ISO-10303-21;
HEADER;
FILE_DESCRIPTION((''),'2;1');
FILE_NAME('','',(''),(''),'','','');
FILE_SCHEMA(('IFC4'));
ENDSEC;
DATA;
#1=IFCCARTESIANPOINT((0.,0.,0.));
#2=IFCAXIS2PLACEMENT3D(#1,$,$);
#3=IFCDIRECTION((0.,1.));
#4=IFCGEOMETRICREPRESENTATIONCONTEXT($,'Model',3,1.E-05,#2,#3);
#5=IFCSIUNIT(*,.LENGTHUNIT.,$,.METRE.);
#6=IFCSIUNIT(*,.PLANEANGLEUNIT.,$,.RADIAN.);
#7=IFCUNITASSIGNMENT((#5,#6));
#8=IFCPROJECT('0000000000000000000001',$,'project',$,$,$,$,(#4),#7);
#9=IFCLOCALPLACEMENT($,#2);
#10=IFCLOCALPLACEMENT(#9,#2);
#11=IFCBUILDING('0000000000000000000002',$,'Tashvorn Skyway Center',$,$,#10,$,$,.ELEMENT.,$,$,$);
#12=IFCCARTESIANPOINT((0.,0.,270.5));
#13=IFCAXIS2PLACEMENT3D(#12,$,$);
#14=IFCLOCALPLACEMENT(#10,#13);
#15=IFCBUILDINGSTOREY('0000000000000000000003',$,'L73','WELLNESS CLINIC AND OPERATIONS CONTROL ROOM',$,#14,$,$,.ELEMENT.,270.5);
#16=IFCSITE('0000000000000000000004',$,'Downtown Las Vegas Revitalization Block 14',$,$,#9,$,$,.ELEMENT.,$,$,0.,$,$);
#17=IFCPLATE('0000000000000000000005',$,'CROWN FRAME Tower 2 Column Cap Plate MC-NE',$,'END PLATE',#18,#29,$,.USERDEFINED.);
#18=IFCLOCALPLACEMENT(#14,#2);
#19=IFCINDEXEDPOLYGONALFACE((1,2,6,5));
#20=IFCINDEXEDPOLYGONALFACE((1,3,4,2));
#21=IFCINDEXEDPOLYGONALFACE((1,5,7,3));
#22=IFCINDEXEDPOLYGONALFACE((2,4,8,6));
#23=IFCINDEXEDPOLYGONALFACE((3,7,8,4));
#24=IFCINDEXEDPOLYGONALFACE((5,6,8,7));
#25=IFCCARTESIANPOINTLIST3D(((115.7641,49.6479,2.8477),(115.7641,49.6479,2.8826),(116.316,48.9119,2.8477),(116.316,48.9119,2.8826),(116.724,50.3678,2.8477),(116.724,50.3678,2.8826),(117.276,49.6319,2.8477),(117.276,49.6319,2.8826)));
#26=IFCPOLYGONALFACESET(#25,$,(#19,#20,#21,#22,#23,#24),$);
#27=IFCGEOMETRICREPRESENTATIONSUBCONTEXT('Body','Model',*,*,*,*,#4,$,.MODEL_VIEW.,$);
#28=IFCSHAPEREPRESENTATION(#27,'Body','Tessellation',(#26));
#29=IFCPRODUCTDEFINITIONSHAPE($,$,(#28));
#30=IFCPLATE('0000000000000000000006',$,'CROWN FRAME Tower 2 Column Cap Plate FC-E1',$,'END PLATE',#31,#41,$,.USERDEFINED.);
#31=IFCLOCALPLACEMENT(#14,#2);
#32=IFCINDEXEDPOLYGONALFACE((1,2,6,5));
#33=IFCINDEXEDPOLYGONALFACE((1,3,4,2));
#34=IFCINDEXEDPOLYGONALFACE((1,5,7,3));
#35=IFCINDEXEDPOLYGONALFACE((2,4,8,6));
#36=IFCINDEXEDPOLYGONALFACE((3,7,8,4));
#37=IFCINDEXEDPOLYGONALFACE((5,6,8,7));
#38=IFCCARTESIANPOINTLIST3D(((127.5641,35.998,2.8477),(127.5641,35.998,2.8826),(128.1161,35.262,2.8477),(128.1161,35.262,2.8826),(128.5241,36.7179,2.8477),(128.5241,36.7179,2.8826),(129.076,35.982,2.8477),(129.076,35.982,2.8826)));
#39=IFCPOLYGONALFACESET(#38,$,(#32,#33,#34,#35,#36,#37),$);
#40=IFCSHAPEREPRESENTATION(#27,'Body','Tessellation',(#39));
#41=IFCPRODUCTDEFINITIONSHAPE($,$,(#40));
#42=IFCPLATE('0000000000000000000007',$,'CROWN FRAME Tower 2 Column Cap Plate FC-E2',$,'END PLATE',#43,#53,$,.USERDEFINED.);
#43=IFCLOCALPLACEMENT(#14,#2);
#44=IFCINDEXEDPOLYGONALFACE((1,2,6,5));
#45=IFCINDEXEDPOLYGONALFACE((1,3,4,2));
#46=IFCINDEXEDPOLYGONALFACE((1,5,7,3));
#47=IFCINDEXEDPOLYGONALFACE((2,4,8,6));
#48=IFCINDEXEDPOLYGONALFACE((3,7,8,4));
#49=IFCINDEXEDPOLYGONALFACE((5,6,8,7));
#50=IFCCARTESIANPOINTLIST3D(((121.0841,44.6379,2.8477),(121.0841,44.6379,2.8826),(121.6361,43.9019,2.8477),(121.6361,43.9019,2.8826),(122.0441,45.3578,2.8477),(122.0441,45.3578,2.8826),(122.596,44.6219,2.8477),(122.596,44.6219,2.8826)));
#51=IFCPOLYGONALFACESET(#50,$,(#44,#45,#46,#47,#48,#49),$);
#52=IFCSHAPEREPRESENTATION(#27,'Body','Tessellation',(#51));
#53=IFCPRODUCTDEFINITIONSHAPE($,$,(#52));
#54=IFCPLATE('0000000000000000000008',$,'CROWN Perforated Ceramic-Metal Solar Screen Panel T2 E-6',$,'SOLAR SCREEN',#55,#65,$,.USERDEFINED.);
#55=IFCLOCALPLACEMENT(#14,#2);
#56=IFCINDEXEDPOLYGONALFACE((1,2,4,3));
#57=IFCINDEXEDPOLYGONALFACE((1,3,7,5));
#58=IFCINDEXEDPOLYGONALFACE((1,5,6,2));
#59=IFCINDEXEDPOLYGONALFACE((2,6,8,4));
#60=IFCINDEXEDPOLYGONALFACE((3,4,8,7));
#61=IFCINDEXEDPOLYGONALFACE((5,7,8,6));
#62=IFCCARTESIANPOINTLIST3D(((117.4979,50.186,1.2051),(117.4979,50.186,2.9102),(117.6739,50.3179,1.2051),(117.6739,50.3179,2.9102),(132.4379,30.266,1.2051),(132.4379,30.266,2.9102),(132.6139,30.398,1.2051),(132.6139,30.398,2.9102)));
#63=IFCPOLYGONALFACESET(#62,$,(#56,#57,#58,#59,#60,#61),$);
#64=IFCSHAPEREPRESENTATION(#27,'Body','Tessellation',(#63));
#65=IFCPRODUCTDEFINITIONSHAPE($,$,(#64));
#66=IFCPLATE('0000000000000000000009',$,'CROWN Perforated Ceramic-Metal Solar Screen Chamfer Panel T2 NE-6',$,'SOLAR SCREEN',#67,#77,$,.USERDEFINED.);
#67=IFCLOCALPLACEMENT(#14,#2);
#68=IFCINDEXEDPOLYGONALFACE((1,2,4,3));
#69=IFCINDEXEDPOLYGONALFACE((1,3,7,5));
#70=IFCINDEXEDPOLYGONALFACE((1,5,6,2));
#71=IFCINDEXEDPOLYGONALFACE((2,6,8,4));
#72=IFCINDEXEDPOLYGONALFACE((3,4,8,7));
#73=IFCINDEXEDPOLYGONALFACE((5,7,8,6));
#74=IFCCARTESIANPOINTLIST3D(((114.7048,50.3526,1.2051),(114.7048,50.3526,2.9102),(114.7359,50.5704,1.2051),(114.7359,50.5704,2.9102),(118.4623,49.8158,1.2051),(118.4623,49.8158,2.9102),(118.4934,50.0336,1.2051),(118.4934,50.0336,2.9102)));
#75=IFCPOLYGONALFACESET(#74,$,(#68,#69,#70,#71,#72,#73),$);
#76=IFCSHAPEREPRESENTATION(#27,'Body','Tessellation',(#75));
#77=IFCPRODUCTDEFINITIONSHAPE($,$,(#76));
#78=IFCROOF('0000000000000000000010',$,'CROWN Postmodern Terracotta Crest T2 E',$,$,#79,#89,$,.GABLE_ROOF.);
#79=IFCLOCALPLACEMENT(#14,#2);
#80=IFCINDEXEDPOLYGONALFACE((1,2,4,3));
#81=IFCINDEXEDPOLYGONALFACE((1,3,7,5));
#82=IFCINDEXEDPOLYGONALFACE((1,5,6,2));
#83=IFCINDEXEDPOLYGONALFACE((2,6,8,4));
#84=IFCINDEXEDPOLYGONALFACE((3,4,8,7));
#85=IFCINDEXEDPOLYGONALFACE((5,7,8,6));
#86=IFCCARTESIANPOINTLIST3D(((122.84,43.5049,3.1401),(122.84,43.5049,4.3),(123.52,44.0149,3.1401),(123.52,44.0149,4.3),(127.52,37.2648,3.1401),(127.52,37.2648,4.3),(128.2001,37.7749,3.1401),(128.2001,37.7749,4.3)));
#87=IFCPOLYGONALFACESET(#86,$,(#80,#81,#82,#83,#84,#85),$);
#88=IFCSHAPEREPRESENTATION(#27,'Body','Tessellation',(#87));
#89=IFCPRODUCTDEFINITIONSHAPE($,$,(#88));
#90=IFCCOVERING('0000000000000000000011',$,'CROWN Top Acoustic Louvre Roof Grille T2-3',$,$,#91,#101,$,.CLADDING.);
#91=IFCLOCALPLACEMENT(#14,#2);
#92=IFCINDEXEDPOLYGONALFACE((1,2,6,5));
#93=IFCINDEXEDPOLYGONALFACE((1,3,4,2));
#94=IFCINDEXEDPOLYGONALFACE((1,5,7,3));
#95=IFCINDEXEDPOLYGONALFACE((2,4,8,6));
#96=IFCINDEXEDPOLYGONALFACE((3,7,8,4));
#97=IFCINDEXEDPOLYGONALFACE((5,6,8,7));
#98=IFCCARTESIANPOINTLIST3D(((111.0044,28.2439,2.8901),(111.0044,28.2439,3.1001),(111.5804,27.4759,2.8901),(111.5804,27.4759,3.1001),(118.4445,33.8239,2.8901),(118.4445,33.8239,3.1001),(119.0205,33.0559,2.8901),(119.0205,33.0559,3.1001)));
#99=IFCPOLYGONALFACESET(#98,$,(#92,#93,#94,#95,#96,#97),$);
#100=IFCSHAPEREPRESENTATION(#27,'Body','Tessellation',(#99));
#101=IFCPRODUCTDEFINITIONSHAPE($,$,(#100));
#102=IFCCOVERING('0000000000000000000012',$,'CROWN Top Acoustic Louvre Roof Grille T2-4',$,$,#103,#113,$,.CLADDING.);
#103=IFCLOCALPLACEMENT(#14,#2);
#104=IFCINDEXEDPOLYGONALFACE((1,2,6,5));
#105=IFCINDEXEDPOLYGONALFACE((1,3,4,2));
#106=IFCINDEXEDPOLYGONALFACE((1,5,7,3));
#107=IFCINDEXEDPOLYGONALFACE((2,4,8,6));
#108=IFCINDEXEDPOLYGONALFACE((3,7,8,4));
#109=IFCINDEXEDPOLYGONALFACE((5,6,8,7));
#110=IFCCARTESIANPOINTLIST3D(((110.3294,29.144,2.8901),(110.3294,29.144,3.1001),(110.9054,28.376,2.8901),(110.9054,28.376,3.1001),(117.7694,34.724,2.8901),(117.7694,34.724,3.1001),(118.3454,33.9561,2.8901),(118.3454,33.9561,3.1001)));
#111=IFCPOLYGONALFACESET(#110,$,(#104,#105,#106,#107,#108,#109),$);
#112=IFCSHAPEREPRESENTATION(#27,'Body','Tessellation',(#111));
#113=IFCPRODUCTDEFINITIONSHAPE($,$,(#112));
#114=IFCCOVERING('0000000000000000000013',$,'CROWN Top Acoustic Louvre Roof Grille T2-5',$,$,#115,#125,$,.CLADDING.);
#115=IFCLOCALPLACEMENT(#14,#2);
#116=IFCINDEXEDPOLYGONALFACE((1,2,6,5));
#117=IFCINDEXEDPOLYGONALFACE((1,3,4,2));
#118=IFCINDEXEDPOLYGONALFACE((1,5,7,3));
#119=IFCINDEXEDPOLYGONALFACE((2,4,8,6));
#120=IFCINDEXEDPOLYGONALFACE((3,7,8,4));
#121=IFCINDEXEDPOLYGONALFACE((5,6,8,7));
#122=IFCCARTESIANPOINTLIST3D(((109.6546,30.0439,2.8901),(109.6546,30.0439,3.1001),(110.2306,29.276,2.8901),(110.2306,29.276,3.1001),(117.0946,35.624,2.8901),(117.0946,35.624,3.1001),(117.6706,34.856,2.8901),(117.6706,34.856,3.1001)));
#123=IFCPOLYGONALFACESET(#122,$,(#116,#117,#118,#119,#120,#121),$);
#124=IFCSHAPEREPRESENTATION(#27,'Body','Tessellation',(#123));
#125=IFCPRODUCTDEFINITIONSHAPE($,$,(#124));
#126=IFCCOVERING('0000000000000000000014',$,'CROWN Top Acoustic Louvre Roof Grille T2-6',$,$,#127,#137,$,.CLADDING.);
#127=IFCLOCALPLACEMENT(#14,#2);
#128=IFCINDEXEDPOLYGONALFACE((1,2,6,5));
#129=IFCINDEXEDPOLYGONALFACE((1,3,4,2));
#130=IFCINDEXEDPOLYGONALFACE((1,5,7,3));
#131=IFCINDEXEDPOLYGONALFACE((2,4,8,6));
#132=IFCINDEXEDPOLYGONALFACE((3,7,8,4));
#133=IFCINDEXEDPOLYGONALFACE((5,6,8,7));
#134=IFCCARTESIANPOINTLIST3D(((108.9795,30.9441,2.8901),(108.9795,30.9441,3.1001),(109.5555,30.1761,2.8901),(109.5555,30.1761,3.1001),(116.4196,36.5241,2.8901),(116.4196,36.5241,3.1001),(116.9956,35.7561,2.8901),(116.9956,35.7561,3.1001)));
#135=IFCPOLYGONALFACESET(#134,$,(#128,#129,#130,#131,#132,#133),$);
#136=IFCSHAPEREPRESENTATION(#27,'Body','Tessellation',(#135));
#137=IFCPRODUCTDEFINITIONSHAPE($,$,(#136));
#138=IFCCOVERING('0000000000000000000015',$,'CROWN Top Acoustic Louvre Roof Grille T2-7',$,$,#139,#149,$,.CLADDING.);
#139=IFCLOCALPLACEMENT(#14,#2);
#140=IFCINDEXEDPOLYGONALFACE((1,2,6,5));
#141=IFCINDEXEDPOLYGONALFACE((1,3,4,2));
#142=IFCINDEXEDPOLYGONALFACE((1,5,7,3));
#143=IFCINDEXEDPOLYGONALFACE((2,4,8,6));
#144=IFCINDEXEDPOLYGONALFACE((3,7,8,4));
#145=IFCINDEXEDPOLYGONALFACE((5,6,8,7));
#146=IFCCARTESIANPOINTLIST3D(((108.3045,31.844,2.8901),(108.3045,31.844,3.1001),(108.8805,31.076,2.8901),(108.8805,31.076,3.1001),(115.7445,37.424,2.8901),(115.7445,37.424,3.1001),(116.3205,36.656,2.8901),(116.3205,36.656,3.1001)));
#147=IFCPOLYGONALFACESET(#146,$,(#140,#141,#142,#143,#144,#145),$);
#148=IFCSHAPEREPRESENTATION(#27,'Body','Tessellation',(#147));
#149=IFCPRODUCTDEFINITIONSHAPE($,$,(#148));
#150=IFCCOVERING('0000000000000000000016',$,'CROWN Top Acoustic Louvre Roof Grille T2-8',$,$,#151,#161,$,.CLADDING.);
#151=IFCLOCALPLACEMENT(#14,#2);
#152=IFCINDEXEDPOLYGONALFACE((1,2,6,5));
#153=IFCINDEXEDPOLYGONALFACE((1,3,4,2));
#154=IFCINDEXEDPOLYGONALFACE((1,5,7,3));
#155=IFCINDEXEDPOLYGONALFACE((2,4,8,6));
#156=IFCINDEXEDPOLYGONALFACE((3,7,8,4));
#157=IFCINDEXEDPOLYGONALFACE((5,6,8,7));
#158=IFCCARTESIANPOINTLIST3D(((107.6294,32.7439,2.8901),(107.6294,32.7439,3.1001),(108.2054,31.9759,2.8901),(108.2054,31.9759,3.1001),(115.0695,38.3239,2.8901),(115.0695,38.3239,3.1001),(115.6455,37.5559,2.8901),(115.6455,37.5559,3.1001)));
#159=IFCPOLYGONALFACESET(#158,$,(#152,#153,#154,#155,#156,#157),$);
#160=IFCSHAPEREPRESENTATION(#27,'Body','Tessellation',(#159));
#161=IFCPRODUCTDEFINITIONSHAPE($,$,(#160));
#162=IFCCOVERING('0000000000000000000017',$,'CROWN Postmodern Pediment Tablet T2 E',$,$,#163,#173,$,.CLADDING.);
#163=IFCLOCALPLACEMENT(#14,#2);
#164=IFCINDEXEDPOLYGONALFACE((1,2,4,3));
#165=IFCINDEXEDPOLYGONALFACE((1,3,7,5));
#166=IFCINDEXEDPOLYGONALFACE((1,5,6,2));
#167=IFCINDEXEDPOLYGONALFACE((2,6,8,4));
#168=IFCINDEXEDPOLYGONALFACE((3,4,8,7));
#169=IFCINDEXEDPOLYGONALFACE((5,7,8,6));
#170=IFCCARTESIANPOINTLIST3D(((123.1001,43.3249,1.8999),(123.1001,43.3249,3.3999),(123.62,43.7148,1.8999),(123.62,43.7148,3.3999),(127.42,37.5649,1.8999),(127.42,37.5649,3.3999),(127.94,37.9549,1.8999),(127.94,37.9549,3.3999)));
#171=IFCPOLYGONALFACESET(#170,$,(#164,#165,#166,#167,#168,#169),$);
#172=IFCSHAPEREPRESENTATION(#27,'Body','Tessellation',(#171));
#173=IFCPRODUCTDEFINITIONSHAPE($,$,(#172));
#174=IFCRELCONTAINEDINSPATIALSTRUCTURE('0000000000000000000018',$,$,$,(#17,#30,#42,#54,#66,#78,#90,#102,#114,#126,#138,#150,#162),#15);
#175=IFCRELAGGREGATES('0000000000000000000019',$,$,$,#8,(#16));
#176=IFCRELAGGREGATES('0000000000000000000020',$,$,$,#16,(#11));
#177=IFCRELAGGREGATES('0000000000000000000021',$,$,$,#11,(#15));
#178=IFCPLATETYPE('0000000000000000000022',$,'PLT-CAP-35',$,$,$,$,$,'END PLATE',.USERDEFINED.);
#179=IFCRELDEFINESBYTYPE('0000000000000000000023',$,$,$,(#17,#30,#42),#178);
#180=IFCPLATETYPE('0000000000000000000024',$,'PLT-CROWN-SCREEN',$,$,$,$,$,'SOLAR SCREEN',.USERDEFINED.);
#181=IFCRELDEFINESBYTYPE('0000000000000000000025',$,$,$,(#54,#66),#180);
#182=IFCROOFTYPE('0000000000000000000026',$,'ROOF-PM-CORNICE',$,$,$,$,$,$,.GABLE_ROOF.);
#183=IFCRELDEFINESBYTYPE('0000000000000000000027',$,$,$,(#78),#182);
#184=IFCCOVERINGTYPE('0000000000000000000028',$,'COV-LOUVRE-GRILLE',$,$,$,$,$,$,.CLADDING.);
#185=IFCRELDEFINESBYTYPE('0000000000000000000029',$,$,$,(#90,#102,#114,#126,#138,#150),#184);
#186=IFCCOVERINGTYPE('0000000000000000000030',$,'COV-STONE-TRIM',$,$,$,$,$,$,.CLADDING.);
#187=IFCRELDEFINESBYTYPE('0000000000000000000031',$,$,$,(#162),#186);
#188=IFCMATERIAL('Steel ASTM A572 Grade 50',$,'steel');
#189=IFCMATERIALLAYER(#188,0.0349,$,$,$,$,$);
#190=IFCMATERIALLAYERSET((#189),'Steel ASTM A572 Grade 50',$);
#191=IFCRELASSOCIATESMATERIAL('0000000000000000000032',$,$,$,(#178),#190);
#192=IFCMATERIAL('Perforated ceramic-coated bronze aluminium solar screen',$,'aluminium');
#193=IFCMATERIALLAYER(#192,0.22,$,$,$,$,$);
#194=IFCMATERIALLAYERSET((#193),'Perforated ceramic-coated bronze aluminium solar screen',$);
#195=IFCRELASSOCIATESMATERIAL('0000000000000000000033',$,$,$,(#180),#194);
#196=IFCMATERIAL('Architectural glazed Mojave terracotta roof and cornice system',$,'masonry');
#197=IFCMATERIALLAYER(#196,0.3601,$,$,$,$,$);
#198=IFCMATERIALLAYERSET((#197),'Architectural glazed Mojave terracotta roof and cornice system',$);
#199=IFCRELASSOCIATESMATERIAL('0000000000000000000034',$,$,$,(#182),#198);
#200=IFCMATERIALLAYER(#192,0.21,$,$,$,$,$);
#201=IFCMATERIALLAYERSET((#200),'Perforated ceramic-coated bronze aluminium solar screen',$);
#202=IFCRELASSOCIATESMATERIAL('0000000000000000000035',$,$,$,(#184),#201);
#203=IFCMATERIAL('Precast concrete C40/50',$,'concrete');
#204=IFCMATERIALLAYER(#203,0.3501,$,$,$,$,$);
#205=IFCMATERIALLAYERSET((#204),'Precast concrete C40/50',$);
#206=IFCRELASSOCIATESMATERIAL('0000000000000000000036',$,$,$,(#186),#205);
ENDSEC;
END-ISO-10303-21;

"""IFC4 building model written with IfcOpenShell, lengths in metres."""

from ifc_helpers import new_model, si_unit, direction, frame, origin, origin_2d, place, context, subcontext, project, spatial, rectangle, extrude, material, layer, layer_set, type_object, element, save


model = new_model("IFC4")

# Units and contexts
model_context = context("Model", 3, precision=1e-05, world=origin(), true_north=direction((0.0, 1.0)))
body_context = subcontext(model_context, "Body", "Model", "MODEL_VIEW")
ifc_project = project(units=[si_unit("LENGTHUNIT", "METRE"), si_unit("PLANEANGLEUNIT", "RADIAN")], contexts=[model_context])

# Site, building, storey
site_placement = place(None, origin())
site = spatial("IfcSite", under=ifc_project, at=site_placement, Name="Downtown Las Vegas Revitalization Block 14", CompositionType="ELEMENT", RefElevation=0.0)
building_placement = place(site_placement, origin())
building = spatial("IfcBuilding", under=site, at=building_placement, Name="Tashvorn Skyway Center", CompositionType="ELEMENT")
storey_placement = place(building_placement, frame((0.0, 0.0, 270.5)))
storey = spatial("IfcBuildingStorey", under=building, at=storey_placement, Name="L73", Description="WELLNESS CLINIC AND OPERATIONS CONTROL ROOM", CompositionType="ELEMENT", Elevation=270.5)

# Shared definitions
ifc_material_1 = material(Name="Steel ASTM A572 Grade 50", Category="steel")

# Plates
ifc_layer_1 = layer(ifc_material_1, 0.0349)
ifc_layer_set_1 = layer_set([ifc_layer_1], Name="Steel ASTM A572 Grade 50")
plate_type_1 = type_object("IfcPlateType", Name="PLT-CAP-35", ElementType="END PLATE", PredefinedType="USERDEFINED", material=ifc_layer_set_1)
for number, where, z_axis, x_axis, name in (
    (1, (116.52, 49.6399, 2.8477), (0.0, 0.0, 1.0), (0.8, 0.6, 0.0), "CROWN FRAME Tower 2 Column Cap Plate MC-NE"),
    (2, (128.3201, 35.99, 2.8477), (0.0, 0.0, 1.0), (0.8, 0.6, 0.0), "CROWN FRAME Tower 2 Column Cap Plate FC-E1"),
    (3, (121.8401, 44.6299, 2.8477), (0.0, 0.0, 1.0), (0.8, 0.6, 0.0), "CROWN FRAME Tower 2 Column Cap Plate FC-E2"),
):
    element("IfcPlate", number, at=place(storey_placement, frame(where, z_axis=z_axis, x_axis=x_axis)), inside=storey, type_object=plate_type_1, Name=name, ObjectType="END PLATE", PredefinedType="USERDEFINED", context=body_context, shape_type="SweptSolid", body=[
        extrude(rectangle(XDim=1.2, YDim=0.9199, at=origin_2d()), origin(), (0.0, 0.0, 1.0), 0.0349),
    ])
ifc_material_2 = material(Name="Perforated ceramic-coated bronze aluminium solar screen", Category="aluminium")
ifc_layer_2 = layer(ifc_material_2, 0.22)
ifc_layer_set_2 = layer_set([ifc_layer_2], Name="Perforated ceramic-coated bronze aluminium solar screen")
plate_type_2 = type_object("IfcPlateType", Name="PLT-CROWN-SCREEN", ElementType="SOLAR SCREEN", PredefinedType="USERDEFINED", material=ifc_layer_set_2)
plate_1_placement = place(storey_placement, frame((125.0559, 40.292, 1.2051), z_axis=(0.0, 0.0, 1.0), x_axis=(-0.6, 0.8, 0.0)))
element("IfcPlate", 4, at=plate_1_placement, inside=storey, type_object=plate_type_2, Name="CROWN Perforated Ceramic-Metal Solar Screen Panel T2 E-6", ObjectType="SOLAR SCREEN", PredefinedType="USERDEFINED", context=body_context, shape_type="SweptSolid", body=[
    extrude(rectangle(XDim=24.8999, YDim=0.22, at=origin_2d()), origin(), (0.0, 0.0, 1.0), 1.7051),
])
plate_2_placement = place(storey_placement, frame((116.5991, 50.1931, 1.2051), z_axis=(0.0, 0.0, 1.0), x_axis=(0.989949, -0.141421, 0.0)))
element("IfcPlate", 5, at=plate_2_placement, inside=storey, type_object=plate_type_2, Name="CROWN Perforated Ceramic-Metal Solar Screen Chamfer Panel T2 NE-6", ObjectType="SOLAR SCREEN", PredefinedType="USERDEFINED", context=body_context, shape_type="SweptSolid", body=[
    extrude(rectangle(XDim=3.7957, YDim=0.22, at=origin_2d()), origin(), (0.0, 0.0, 1.0), 1.7051),
])

# Roof
ifc_material_3 = material(Name="Architectural glazed Mojave terracotta roof and cornice system", Category="masonry")
ifc_layer_3 = layer(ifc_material_3, 0.3601)
ifc_layer_set_3 = layer_set([ifc_layer_3], Name="Architectural glazed Mojave terracotta roof and cornice system")
roof_type = type_object("IfcRoofType", Name="ROOF-PM-CORNICE", PredefinedType="GABLE_ROOF", material=ifc_layer_set_3)
roof_placement = place(storey_placement, frame((125.52, 40.6399, 3.1401), z_axis=(0.0, 0.0, 1.0), x_axis=(-0.6, 0.8, 0.0)))
element("IfcRoof", 6, at=roof_placement, inside=storey, type_object=roof_type, Name="CROWN Postmodern Terracotta Crest T2 E", PredefinedType="GABLE_ROOF", context=body_context, shape_type="SweptSolid", body=[
    extrude(rectangle(XDim=7.8, YDim=0.8501, at=origin_2d()), origin(), (0.0, 0.0, 1.0), 1.1599),
])

# Coverings
ifc_layer_4 = layer(ifc_material_2, 0.21)
ifc_layer_set_4 = layer_set([ifc_layer_4], Name="Perforated ceramic-coated bronze aluminium solar screen")
covering_type_1 = type_object("IfcCoveringType", Name="COV-LOUVRE-GRILLE", PredefinedType="CLADDING", material=ifc_layer_set_4)
for number, where, z_axis, x_axis, name in (
    (7, (115.0125, 30.6499, 2.8901), (0.0, 0.0, 1.0), (0.8, 0.6, 0.0), "CROWN Top Acoustic Louvre Roof Grille T2-3"),
    (8, (114.3374, 31.55, 2.8901), (0.0, 0.0, 1.0), (0.8, 0.6, 0.0), "CROWN Top Acoustic Louvre Roof Grille T2-4"),
    (9, (113.6626, 32.45, 2.8901), (0.0, 0.0, 1.0), (0.8, 0.6, 0.0), "CROWN Top Acoustic Louvre Roof Grille T2-5"),
    (10, (112.9875, 33.3501, 2.8901), (0.0, 0.0, 1.0), (0.8, 0.6, 0.0), "CROWN Top Acoustic Louvre Roof Grille T2-6"),
    (11, (112.3125, 34.25, 2.8901), (0.0, 0.0, 1.0), (0.8, 0.6, 0.0), "CROWN Top Acoustic Louvre Roof Grille T2-7"),
    (12, (111.6375, 35.1499, 2.8901), (0.0, 0.0, 1.0), (0.8, 0.6, 0.0), "CROWN Top Acoustic Louvre Roof Grille T2-8"),
):
    element("IfcCovering", number, at=place(storey_placement, frame(where, z_axis=z_axis, x_axis=x_axis)), inside=storey, type_object=covering_type_1, Name=name, PredefinedType="CLADDING", context=body_context, shape_type="SweptSolid", body=[
        extrude(rectangle(XDim=9.3, YDim=0.96, at=origin_2d()), origin(), (0.0, 0.0, 1.0), 0.21),
    ])
ifc_material_4 = material(Name="Precast concrete C40/50", Category="concrete")
ifc_layer_5 = layer(ifc_material_4, 0.3501)
ifc_layer_set_5 = layer_set([ifc_layer_5], Name="Precast concrete C40/50")
covering_type_2 = type_object("IfcCoveringType", Name="COV-STONE-TRIM", PredefinedType="CLADDING", material=ifc_layer_set_5)
covering_placement = place(storey_placement, frame((125.52, 40.6399, 1.8999), z_axis=(0.0, 0.0, 1.0), x_axis=(-0.6, 0.8, 0.0)))
element("IfcCovering", 13, at=covering_placement, inside=storey, type_object=covering_type_2, Name="CROWN Postmodern Pediment Tablet T2 E", PredefinedType="CLADDING", context=body_context, shape_type="SweptSolid", body=[
    extrude(rectangle(XDim=7.2, YDim=0.6499, at=origin_2d()), origin(), (0.0, 0.0, 1.0), 1.5),
])

save(model, "model.ifc")
